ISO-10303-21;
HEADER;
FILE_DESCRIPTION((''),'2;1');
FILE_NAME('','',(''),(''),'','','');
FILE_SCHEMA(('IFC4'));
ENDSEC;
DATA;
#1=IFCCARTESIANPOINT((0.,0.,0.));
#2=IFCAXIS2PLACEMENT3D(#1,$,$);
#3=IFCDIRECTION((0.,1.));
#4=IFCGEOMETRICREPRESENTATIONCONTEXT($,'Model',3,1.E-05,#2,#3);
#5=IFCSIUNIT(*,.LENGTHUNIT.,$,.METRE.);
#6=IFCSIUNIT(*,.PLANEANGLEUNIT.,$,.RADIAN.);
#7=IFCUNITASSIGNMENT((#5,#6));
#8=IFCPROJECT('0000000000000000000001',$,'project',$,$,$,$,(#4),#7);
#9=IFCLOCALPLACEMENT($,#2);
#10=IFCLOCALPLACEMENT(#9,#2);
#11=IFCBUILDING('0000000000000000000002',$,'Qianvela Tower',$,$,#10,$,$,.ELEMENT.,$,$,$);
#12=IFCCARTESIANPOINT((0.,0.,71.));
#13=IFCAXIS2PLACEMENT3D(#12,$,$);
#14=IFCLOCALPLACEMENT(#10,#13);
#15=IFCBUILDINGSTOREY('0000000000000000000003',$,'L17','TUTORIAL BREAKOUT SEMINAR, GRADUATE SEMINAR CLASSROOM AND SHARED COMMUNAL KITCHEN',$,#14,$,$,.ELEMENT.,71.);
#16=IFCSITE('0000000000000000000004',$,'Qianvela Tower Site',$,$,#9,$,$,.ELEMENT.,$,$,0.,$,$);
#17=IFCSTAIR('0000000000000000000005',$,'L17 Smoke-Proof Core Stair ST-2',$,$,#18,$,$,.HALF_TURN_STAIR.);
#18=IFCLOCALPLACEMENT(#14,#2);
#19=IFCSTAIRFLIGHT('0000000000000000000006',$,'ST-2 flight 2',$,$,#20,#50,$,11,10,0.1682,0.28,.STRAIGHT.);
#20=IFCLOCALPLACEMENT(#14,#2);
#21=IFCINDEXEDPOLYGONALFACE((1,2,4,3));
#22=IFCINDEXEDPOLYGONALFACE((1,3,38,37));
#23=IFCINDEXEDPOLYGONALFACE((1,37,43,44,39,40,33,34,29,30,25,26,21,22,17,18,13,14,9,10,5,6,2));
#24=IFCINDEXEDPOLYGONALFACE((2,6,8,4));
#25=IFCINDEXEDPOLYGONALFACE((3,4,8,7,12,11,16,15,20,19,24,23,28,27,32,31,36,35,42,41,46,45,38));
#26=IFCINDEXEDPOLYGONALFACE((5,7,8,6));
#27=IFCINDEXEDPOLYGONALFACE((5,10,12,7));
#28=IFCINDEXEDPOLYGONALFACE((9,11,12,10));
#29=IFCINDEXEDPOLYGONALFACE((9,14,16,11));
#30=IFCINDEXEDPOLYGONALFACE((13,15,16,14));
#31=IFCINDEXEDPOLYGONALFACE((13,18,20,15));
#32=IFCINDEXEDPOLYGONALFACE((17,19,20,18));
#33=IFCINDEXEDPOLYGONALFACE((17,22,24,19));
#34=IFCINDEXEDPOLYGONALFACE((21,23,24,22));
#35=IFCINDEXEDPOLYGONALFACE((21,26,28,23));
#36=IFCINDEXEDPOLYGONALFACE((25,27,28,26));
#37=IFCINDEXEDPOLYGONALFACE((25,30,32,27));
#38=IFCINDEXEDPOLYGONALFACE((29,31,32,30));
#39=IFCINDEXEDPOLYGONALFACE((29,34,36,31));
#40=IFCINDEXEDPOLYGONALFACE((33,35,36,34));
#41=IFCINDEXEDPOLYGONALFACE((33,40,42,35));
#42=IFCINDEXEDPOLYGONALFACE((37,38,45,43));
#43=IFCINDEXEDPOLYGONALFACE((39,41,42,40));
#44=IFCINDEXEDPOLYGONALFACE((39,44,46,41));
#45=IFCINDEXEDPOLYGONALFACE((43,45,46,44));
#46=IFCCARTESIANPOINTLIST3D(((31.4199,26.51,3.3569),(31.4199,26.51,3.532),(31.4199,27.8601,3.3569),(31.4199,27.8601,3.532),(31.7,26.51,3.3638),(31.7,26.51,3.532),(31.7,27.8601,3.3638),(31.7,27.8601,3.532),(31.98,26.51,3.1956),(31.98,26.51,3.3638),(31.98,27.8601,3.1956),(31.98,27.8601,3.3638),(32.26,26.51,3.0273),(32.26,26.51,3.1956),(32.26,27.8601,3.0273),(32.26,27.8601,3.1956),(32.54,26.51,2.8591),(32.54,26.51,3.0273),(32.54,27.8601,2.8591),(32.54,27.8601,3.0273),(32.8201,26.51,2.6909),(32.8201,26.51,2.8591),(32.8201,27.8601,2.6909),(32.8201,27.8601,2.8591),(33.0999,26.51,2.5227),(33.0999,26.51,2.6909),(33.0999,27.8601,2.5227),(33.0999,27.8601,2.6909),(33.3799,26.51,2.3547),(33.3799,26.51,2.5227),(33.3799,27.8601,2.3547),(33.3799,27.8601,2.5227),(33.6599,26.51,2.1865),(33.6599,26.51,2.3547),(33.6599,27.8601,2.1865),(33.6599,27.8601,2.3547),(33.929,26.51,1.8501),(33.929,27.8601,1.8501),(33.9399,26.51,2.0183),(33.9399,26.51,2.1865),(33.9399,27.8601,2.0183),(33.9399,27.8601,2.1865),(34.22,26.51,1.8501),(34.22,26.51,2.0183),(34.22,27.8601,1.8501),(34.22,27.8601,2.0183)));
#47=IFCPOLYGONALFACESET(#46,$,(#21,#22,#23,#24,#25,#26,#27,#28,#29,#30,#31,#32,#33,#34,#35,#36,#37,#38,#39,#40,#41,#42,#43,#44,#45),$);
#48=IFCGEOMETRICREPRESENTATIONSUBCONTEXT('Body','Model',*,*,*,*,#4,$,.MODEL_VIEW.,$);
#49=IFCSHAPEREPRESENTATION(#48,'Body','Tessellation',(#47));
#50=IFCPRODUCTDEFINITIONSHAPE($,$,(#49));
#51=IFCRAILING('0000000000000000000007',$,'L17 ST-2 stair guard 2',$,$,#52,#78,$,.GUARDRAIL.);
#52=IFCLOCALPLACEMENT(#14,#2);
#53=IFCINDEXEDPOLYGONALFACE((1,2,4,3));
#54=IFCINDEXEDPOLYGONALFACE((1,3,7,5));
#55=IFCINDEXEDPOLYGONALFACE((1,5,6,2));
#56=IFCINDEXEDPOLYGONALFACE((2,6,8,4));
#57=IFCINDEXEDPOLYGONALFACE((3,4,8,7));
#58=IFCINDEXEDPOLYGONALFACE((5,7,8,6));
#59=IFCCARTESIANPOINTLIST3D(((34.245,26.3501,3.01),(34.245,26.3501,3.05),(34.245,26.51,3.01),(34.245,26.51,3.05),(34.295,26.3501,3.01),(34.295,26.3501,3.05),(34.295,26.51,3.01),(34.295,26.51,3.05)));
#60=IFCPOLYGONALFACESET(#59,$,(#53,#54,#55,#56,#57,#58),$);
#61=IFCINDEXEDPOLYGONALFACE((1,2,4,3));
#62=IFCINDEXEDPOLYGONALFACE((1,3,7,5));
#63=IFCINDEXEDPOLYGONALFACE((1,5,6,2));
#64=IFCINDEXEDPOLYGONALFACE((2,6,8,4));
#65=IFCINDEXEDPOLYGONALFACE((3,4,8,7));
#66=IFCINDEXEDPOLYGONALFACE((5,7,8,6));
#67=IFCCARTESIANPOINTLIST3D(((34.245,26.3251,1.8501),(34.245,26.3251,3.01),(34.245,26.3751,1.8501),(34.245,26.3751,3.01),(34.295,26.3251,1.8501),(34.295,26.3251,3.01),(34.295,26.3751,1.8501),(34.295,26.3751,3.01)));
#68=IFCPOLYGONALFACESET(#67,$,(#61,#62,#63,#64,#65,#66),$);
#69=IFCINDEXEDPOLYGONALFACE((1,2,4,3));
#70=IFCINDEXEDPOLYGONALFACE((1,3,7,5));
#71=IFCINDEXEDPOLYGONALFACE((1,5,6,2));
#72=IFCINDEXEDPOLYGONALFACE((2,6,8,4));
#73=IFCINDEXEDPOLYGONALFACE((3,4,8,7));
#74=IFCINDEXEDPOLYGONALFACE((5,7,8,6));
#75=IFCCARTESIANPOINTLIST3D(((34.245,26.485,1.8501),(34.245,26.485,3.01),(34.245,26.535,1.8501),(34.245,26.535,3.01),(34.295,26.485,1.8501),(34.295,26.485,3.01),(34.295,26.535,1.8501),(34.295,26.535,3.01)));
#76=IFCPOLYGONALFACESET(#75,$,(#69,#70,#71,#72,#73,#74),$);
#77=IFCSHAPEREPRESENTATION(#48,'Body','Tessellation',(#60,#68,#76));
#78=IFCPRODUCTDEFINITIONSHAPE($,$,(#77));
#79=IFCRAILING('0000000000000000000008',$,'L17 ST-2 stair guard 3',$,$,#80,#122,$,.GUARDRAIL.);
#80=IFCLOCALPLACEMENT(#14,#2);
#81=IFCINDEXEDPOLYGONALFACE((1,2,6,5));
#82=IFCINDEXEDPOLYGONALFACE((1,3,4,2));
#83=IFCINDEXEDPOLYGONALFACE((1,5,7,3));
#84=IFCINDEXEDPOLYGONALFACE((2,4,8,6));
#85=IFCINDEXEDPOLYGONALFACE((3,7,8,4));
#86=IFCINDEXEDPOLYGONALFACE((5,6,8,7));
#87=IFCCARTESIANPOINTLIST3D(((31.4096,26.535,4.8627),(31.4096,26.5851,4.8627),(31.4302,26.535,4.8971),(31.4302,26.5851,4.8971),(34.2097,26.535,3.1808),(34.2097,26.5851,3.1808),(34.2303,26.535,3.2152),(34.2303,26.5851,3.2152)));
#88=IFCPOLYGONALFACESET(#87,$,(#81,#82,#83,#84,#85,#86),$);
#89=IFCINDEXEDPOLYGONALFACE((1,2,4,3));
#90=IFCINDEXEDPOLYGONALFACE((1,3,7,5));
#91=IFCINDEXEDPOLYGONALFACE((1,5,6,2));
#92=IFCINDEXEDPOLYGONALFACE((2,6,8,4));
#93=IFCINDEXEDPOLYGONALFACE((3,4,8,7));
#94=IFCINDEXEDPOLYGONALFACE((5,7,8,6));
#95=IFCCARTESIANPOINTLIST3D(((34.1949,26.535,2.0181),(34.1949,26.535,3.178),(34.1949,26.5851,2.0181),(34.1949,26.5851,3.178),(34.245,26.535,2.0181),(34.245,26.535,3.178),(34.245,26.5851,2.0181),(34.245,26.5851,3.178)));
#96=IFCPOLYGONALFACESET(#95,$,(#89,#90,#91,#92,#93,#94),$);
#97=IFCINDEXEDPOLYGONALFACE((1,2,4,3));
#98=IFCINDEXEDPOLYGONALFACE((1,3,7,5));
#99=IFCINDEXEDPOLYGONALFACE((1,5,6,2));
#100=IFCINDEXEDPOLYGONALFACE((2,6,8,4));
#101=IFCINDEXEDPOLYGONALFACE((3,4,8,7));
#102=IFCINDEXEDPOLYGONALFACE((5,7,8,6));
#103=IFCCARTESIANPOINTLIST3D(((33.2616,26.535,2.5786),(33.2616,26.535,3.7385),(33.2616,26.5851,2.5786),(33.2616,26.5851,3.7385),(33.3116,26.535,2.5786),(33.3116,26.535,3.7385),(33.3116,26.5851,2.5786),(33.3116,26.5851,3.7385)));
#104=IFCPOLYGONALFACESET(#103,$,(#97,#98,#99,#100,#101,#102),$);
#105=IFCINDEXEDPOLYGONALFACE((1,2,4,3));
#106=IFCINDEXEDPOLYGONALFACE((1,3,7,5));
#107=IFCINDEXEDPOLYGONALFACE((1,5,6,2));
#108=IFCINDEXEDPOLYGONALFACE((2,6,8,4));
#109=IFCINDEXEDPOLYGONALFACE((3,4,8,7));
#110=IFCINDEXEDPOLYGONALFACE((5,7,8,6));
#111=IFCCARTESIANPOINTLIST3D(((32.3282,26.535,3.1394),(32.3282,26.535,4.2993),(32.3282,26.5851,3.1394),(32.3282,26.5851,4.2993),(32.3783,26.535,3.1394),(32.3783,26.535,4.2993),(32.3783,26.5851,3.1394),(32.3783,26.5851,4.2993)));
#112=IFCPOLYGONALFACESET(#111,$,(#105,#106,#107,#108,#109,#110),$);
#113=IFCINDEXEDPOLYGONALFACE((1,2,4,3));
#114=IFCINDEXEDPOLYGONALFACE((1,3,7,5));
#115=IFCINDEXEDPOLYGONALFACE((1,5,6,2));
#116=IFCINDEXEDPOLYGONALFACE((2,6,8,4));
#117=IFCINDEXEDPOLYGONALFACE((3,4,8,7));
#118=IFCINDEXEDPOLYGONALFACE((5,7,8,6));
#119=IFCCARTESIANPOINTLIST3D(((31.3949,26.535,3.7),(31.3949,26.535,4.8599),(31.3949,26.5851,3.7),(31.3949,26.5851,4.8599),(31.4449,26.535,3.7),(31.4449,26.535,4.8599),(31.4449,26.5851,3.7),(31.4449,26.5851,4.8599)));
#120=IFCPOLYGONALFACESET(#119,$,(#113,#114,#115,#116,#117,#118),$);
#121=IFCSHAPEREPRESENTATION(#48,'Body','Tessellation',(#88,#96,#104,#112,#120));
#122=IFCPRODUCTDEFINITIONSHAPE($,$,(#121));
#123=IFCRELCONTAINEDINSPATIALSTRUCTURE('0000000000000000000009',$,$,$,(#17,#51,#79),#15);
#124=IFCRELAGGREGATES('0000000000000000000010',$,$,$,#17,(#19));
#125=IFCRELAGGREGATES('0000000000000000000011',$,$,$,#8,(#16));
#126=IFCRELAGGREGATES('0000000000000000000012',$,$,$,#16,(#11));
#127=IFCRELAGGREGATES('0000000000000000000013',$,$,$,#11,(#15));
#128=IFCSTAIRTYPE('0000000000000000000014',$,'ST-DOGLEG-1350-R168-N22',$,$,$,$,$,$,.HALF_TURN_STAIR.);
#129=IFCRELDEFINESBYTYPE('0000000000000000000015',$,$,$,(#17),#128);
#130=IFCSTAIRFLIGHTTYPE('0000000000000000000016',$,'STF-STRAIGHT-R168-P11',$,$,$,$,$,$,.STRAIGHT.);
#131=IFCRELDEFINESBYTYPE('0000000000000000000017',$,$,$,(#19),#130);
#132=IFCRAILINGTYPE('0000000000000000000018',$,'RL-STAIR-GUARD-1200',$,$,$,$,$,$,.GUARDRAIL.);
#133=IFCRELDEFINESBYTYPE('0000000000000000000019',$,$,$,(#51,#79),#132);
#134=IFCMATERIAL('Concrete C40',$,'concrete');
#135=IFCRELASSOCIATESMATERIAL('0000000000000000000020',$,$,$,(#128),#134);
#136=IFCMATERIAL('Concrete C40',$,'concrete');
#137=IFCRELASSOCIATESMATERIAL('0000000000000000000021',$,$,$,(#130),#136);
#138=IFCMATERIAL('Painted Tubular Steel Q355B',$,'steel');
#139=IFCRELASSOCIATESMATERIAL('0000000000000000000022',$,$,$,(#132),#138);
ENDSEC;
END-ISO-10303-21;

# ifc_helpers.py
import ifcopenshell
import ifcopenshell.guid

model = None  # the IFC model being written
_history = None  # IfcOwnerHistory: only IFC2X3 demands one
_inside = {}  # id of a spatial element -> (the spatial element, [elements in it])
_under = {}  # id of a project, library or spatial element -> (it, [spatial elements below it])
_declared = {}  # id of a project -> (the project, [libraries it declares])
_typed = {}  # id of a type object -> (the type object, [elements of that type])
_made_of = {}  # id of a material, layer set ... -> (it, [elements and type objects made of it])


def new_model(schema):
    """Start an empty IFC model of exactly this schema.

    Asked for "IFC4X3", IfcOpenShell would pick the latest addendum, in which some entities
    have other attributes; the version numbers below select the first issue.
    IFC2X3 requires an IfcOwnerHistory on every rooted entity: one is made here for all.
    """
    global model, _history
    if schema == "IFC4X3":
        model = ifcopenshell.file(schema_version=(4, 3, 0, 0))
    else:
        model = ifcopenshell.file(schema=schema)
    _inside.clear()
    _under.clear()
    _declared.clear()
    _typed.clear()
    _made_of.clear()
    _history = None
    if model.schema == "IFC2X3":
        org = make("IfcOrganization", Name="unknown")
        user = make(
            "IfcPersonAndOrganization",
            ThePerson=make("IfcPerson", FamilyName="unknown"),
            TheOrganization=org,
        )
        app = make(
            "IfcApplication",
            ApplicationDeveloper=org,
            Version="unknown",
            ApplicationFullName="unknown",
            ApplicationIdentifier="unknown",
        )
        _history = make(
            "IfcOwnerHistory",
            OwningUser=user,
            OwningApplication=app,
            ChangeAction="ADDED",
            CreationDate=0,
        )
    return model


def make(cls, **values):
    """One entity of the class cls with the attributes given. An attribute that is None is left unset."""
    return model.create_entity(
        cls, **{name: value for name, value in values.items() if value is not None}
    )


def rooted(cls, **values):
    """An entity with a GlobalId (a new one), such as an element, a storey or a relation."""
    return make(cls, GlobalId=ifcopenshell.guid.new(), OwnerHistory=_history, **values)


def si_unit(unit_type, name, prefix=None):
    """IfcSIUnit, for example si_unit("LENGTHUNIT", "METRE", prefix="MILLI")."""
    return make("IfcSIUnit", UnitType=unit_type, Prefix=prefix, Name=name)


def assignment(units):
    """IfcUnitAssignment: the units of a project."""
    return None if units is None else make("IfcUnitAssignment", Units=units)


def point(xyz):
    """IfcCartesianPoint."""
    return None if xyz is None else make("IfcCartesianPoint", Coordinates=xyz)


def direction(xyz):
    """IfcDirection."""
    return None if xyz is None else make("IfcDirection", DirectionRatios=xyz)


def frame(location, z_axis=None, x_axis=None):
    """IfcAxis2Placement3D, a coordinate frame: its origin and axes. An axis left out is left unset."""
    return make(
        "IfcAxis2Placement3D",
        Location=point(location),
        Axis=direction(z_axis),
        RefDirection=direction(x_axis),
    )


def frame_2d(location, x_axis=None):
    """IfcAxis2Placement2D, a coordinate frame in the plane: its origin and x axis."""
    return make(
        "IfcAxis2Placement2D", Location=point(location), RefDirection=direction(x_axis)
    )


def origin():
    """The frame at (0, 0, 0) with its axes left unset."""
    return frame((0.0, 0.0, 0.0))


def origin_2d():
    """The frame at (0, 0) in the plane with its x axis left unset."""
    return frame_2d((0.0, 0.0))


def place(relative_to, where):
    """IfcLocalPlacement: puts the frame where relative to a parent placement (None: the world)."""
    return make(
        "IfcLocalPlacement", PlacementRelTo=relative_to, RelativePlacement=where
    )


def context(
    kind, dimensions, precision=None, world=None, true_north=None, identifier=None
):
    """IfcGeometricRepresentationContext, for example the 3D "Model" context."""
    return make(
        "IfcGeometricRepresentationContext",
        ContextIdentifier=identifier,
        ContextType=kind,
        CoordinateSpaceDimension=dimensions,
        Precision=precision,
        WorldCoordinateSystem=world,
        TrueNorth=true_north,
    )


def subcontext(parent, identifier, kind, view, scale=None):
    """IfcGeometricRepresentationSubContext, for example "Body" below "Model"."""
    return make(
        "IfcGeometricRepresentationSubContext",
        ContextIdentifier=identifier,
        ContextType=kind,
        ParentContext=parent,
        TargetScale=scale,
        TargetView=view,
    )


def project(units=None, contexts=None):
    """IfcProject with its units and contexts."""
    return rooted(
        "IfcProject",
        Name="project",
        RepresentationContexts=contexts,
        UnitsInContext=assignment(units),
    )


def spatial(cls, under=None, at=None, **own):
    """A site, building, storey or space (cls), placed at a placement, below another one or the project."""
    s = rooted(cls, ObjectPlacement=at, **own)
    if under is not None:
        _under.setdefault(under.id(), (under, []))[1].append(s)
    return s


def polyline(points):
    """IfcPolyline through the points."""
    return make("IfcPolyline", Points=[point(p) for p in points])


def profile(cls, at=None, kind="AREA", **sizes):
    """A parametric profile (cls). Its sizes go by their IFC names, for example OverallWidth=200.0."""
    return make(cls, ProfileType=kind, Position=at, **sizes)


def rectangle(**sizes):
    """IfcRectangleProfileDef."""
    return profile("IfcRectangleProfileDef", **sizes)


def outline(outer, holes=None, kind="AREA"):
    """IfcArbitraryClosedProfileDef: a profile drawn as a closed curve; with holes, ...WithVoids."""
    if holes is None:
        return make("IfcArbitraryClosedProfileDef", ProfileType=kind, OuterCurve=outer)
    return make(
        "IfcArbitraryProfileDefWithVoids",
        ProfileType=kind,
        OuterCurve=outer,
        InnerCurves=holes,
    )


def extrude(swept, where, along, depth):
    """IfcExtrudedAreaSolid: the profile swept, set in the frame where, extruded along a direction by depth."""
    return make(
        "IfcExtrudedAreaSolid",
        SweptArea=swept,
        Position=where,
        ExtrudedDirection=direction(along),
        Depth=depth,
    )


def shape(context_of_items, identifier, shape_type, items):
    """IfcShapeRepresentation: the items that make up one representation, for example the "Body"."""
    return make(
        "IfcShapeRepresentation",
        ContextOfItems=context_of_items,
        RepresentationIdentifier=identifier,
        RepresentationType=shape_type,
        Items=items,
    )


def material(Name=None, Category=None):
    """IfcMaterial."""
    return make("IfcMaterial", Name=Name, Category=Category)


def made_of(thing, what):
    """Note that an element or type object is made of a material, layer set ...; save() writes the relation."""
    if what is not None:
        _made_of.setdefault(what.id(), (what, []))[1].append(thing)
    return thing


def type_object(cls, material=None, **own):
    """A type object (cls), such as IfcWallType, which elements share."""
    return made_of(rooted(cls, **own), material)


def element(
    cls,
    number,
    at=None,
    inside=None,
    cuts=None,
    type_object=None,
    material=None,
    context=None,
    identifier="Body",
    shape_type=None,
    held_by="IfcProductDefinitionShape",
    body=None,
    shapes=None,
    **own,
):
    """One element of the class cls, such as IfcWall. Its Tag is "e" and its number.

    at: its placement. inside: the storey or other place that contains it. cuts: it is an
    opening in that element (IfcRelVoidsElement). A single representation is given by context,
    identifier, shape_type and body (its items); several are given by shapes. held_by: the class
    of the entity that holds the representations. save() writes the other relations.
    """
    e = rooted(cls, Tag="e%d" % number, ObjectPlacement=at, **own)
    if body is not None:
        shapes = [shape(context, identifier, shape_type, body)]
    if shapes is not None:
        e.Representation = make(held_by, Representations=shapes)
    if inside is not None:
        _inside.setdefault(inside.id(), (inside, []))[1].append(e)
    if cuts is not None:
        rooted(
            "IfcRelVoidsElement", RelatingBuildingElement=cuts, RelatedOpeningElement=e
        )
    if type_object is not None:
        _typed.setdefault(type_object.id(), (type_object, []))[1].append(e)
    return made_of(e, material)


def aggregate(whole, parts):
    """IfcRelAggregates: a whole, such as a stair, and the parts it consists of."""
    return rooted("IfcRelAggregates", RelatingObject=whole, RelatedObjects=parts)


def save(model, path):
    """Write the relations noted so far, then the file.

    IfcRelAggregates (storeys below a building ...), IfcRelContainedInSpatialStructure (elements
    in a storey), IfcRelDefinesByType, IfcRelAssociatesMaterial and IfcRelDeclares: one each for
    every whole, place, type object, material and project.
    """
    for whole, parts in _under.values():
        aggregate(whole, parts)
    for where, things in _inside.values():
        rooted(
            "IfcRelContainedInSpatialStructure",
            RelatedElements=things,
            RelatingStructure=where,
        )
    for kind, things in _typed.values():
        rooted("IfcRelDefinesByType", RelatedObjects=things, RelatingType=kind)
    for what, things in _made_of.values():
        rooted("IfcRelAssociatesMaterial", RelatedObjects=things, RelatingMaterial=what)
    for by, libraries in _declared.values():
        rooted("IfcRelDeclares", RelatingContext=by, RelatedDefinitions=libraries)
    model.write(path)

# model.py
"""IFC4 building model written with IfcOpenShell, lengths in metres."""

from ifc_helpers import new_model, si_unit, direction, frame, origin, origin_2d, place, context, subcontext, project, spatial, polyline, rectangle, outline, extrude, material, type_object, element, aggregate, save


model = new_model("IFC4")

# Units and contexts
model_context = context("Model", 3, precision=1e-05, world=origin(), true_north=direction((0.0, 1.0)))
body_context = subcontext(model_context, "Body", "Model", "MODEL_VIEW")
ifc_project = project(units=[si_unit("LENGTHUNIT", "METRE"), si_unit("PLANEANGLEUNIT", "RADIAN")], contexts=[model_context])

# Site, building, storey
site_placement = place(None, origin())
site = spatial("IfcSite", under=ifc_project, at=site_placement, Name="Qianvela Tower Site", CompositionType="ELEMENT", RefElevation=0.0)
building_placement = place(site_placement, origin())
building = spatial("IfcBuilding", under=site, at=building_placement, Name="Qianvela Tower", CompositionType="ELEMENT")
storey_placement = place(building_placement, frame((0.0, 0.0, 71.0)))
storey = spatial("IfcBuildingStorey", under=building, at=storey_placement, Name="L17", Description="TUTORIAL BREAKOUT SEMINAR, GRADUATE SEMINAR CLASSROOM AND SHARED COMMUNAL KITCHEN", CompositionType="ELEMENT", Elevation=71.0)

# Stair, stair flight
ifc_material_1 = material(Name="Concrete C40", Category="concrete")
stair_type = type_object("IfcStairType", Name="ST-DOGLEG-1350-R168-N22", PredefinedType="HALF_TURN_STAIR", material=ifc_material_1)
stair_placement = place(storey_placement, origin())
stair = element("IfcStair", 1, at=stair_placement, inside=storey, type_object=stair_type, Name="L17 Smoke-Proof Core Stair ST-2", PredefinedType="HALF_TURN_STAIR")
ifc_material_2 = material(Name="Concrete C40", Category="concrete")
stair_flight_type = type_object("IfcStairFlightType", Name="STF-STRAIGHT-R168-P11", PredefinedType="STRAIGHT", material=ifc_material_2)
stair_flight_placement = place(storey_placement, frame((34.22, 27.1851, 1.8501), z_axis=(0.0, 0.0, 1.0), x_axis=(-1.0, 0.0, 0.0)))
stair_flight = element("IfcStairFlight", 2, at=stair_flight_placement, type_object=stair_flight_type, Name="ST-2 flight 2", NumberOfRisers=11, NumberOfTreads=10, PredefinedType="STRAIGHT", RiserHeight=0.1682, TreadLength=0.28, context=body_context, shape_type="SweptSolid", body=[
    extrude(outline(polyline([(0.0, 0.0), (0.0, 0.1682), (0.28, 0.1682), (0.28, 0.3364), (0.5601, 0.3364), (0.5601, 0.5046), (0.8401, 0.5046), (0.8401, 0.6726), (1.1201, 0.6726), (1.1201, 0.8408), (1.3999, 0.8408), (1.3999, 1.009), (1.6799, 1.009), (1.6799, 1.1772), (1.96, 1.1772), (1.96, 1.3455), (2.24, 1.3455), (2.24, 1.5137), (2.52, 1.5137), (2.52, 1.6819), (2.8, 1.6819), (2.8, 1.8501), (2.8, 1.5068), (0.291, 0.0), (0.0, 0.0)])), frame((0.0, 0.675, 0.0), z_axis=(0.0, -1.0, 0.0), x_axis=(1.0, 0.0, 0.0)), (0.0, 0.0, 1.0), 1.3501),
])
aggregate(stair, [stair_flight])

# Railings
ifc_material_3 = material(Name="Painted Tubular Steel Q355B", Category="steel")
railing_type = type_object("IfcRailingType", Name="RL-STAIR-GUARD-1200", PredefinedType="GUARDRAIL", material=ifc_material_3)
railing_1_placement = place(storey_placement, frame((34.27, 26.3501, 1.8501)))
element("IfcRailing", 3, at=railing_1_placement, inside=storey, type_object=railing_type, Name="L17 ST-2 stair guard 2", PredefinedType="GUARDRAIL", context=body_context, shape_type="SweptSolid", body=[
    extrude(rectangle(XDim=0.05, YDim=0.04, at=origin_2d()), frame((0.0, 0.0, 1.1799), z_axis=(0.0, 1.0, 0.0), x_axis=(-1.0, 0.0, 0.0)), (0.0, 0.0, 1.0), 0.1599),
    extrude(rectangle(XDim=0.05, YDim=0.05, at=origin_2d()), origin(), (0.0, 0.0, 1.0), 1.1599),
    extrude(rectangle(XDim=0.05, YDim=0.05, at=origin_2d()), frame((0.0, 0.1599, 0.0)), (0.0, 0.0, 1.0), 1.1599),
])
railing_2_placement = place(storey_placement, frame((34.22, 26.5601, 2.0181)))
element("IfcRailing", 4, at=railing_2_placement, inside=storey, type_object=railing_type, Name="L17 ST-2 stair guard 3", PredefinedType="GUARDRAIL", context=body_context, shape_type="SweptSolid", body=[
    extrude(rectangle(XDim=0.05, YDim=0.04, at=origin_2d()), frame((0.0, 0.0, 1.1799), z_axis=(-0.857242, 0.0, 0.514913), x_axis=(0.0, -1.0, 0.0)), (0.0, 0.0, 1.0), 3.2664),
    extrude(rectangle(XDim=0.05, YDim=0.05, at=origin_2d()), origin(), (0.0, 0.0, 1.0), 1.1599),
    extrude(rectangle(XDim=0.05, YDim=0.05, at=origin_2d()), frame((-0.9333, 0.0, 0.5605)), (0.0, 0.0, 1.0), 1.1599),
    extrude(rectangle(XDim=0.05, YDim=0.05, at=origin_2d()), frame((-1.8667, 0.0, 1.1213)), (0.0, 0.0, 1.0), 1.1599),
    extrude(rectangle(XDim=0.05, YDim=0.05, at=origin_2d()), frame((-2.8, 0.0, 1.6819)), (0.0, 0.0, 1.0), 1.1599),
])

save(model, "model.ifc")
